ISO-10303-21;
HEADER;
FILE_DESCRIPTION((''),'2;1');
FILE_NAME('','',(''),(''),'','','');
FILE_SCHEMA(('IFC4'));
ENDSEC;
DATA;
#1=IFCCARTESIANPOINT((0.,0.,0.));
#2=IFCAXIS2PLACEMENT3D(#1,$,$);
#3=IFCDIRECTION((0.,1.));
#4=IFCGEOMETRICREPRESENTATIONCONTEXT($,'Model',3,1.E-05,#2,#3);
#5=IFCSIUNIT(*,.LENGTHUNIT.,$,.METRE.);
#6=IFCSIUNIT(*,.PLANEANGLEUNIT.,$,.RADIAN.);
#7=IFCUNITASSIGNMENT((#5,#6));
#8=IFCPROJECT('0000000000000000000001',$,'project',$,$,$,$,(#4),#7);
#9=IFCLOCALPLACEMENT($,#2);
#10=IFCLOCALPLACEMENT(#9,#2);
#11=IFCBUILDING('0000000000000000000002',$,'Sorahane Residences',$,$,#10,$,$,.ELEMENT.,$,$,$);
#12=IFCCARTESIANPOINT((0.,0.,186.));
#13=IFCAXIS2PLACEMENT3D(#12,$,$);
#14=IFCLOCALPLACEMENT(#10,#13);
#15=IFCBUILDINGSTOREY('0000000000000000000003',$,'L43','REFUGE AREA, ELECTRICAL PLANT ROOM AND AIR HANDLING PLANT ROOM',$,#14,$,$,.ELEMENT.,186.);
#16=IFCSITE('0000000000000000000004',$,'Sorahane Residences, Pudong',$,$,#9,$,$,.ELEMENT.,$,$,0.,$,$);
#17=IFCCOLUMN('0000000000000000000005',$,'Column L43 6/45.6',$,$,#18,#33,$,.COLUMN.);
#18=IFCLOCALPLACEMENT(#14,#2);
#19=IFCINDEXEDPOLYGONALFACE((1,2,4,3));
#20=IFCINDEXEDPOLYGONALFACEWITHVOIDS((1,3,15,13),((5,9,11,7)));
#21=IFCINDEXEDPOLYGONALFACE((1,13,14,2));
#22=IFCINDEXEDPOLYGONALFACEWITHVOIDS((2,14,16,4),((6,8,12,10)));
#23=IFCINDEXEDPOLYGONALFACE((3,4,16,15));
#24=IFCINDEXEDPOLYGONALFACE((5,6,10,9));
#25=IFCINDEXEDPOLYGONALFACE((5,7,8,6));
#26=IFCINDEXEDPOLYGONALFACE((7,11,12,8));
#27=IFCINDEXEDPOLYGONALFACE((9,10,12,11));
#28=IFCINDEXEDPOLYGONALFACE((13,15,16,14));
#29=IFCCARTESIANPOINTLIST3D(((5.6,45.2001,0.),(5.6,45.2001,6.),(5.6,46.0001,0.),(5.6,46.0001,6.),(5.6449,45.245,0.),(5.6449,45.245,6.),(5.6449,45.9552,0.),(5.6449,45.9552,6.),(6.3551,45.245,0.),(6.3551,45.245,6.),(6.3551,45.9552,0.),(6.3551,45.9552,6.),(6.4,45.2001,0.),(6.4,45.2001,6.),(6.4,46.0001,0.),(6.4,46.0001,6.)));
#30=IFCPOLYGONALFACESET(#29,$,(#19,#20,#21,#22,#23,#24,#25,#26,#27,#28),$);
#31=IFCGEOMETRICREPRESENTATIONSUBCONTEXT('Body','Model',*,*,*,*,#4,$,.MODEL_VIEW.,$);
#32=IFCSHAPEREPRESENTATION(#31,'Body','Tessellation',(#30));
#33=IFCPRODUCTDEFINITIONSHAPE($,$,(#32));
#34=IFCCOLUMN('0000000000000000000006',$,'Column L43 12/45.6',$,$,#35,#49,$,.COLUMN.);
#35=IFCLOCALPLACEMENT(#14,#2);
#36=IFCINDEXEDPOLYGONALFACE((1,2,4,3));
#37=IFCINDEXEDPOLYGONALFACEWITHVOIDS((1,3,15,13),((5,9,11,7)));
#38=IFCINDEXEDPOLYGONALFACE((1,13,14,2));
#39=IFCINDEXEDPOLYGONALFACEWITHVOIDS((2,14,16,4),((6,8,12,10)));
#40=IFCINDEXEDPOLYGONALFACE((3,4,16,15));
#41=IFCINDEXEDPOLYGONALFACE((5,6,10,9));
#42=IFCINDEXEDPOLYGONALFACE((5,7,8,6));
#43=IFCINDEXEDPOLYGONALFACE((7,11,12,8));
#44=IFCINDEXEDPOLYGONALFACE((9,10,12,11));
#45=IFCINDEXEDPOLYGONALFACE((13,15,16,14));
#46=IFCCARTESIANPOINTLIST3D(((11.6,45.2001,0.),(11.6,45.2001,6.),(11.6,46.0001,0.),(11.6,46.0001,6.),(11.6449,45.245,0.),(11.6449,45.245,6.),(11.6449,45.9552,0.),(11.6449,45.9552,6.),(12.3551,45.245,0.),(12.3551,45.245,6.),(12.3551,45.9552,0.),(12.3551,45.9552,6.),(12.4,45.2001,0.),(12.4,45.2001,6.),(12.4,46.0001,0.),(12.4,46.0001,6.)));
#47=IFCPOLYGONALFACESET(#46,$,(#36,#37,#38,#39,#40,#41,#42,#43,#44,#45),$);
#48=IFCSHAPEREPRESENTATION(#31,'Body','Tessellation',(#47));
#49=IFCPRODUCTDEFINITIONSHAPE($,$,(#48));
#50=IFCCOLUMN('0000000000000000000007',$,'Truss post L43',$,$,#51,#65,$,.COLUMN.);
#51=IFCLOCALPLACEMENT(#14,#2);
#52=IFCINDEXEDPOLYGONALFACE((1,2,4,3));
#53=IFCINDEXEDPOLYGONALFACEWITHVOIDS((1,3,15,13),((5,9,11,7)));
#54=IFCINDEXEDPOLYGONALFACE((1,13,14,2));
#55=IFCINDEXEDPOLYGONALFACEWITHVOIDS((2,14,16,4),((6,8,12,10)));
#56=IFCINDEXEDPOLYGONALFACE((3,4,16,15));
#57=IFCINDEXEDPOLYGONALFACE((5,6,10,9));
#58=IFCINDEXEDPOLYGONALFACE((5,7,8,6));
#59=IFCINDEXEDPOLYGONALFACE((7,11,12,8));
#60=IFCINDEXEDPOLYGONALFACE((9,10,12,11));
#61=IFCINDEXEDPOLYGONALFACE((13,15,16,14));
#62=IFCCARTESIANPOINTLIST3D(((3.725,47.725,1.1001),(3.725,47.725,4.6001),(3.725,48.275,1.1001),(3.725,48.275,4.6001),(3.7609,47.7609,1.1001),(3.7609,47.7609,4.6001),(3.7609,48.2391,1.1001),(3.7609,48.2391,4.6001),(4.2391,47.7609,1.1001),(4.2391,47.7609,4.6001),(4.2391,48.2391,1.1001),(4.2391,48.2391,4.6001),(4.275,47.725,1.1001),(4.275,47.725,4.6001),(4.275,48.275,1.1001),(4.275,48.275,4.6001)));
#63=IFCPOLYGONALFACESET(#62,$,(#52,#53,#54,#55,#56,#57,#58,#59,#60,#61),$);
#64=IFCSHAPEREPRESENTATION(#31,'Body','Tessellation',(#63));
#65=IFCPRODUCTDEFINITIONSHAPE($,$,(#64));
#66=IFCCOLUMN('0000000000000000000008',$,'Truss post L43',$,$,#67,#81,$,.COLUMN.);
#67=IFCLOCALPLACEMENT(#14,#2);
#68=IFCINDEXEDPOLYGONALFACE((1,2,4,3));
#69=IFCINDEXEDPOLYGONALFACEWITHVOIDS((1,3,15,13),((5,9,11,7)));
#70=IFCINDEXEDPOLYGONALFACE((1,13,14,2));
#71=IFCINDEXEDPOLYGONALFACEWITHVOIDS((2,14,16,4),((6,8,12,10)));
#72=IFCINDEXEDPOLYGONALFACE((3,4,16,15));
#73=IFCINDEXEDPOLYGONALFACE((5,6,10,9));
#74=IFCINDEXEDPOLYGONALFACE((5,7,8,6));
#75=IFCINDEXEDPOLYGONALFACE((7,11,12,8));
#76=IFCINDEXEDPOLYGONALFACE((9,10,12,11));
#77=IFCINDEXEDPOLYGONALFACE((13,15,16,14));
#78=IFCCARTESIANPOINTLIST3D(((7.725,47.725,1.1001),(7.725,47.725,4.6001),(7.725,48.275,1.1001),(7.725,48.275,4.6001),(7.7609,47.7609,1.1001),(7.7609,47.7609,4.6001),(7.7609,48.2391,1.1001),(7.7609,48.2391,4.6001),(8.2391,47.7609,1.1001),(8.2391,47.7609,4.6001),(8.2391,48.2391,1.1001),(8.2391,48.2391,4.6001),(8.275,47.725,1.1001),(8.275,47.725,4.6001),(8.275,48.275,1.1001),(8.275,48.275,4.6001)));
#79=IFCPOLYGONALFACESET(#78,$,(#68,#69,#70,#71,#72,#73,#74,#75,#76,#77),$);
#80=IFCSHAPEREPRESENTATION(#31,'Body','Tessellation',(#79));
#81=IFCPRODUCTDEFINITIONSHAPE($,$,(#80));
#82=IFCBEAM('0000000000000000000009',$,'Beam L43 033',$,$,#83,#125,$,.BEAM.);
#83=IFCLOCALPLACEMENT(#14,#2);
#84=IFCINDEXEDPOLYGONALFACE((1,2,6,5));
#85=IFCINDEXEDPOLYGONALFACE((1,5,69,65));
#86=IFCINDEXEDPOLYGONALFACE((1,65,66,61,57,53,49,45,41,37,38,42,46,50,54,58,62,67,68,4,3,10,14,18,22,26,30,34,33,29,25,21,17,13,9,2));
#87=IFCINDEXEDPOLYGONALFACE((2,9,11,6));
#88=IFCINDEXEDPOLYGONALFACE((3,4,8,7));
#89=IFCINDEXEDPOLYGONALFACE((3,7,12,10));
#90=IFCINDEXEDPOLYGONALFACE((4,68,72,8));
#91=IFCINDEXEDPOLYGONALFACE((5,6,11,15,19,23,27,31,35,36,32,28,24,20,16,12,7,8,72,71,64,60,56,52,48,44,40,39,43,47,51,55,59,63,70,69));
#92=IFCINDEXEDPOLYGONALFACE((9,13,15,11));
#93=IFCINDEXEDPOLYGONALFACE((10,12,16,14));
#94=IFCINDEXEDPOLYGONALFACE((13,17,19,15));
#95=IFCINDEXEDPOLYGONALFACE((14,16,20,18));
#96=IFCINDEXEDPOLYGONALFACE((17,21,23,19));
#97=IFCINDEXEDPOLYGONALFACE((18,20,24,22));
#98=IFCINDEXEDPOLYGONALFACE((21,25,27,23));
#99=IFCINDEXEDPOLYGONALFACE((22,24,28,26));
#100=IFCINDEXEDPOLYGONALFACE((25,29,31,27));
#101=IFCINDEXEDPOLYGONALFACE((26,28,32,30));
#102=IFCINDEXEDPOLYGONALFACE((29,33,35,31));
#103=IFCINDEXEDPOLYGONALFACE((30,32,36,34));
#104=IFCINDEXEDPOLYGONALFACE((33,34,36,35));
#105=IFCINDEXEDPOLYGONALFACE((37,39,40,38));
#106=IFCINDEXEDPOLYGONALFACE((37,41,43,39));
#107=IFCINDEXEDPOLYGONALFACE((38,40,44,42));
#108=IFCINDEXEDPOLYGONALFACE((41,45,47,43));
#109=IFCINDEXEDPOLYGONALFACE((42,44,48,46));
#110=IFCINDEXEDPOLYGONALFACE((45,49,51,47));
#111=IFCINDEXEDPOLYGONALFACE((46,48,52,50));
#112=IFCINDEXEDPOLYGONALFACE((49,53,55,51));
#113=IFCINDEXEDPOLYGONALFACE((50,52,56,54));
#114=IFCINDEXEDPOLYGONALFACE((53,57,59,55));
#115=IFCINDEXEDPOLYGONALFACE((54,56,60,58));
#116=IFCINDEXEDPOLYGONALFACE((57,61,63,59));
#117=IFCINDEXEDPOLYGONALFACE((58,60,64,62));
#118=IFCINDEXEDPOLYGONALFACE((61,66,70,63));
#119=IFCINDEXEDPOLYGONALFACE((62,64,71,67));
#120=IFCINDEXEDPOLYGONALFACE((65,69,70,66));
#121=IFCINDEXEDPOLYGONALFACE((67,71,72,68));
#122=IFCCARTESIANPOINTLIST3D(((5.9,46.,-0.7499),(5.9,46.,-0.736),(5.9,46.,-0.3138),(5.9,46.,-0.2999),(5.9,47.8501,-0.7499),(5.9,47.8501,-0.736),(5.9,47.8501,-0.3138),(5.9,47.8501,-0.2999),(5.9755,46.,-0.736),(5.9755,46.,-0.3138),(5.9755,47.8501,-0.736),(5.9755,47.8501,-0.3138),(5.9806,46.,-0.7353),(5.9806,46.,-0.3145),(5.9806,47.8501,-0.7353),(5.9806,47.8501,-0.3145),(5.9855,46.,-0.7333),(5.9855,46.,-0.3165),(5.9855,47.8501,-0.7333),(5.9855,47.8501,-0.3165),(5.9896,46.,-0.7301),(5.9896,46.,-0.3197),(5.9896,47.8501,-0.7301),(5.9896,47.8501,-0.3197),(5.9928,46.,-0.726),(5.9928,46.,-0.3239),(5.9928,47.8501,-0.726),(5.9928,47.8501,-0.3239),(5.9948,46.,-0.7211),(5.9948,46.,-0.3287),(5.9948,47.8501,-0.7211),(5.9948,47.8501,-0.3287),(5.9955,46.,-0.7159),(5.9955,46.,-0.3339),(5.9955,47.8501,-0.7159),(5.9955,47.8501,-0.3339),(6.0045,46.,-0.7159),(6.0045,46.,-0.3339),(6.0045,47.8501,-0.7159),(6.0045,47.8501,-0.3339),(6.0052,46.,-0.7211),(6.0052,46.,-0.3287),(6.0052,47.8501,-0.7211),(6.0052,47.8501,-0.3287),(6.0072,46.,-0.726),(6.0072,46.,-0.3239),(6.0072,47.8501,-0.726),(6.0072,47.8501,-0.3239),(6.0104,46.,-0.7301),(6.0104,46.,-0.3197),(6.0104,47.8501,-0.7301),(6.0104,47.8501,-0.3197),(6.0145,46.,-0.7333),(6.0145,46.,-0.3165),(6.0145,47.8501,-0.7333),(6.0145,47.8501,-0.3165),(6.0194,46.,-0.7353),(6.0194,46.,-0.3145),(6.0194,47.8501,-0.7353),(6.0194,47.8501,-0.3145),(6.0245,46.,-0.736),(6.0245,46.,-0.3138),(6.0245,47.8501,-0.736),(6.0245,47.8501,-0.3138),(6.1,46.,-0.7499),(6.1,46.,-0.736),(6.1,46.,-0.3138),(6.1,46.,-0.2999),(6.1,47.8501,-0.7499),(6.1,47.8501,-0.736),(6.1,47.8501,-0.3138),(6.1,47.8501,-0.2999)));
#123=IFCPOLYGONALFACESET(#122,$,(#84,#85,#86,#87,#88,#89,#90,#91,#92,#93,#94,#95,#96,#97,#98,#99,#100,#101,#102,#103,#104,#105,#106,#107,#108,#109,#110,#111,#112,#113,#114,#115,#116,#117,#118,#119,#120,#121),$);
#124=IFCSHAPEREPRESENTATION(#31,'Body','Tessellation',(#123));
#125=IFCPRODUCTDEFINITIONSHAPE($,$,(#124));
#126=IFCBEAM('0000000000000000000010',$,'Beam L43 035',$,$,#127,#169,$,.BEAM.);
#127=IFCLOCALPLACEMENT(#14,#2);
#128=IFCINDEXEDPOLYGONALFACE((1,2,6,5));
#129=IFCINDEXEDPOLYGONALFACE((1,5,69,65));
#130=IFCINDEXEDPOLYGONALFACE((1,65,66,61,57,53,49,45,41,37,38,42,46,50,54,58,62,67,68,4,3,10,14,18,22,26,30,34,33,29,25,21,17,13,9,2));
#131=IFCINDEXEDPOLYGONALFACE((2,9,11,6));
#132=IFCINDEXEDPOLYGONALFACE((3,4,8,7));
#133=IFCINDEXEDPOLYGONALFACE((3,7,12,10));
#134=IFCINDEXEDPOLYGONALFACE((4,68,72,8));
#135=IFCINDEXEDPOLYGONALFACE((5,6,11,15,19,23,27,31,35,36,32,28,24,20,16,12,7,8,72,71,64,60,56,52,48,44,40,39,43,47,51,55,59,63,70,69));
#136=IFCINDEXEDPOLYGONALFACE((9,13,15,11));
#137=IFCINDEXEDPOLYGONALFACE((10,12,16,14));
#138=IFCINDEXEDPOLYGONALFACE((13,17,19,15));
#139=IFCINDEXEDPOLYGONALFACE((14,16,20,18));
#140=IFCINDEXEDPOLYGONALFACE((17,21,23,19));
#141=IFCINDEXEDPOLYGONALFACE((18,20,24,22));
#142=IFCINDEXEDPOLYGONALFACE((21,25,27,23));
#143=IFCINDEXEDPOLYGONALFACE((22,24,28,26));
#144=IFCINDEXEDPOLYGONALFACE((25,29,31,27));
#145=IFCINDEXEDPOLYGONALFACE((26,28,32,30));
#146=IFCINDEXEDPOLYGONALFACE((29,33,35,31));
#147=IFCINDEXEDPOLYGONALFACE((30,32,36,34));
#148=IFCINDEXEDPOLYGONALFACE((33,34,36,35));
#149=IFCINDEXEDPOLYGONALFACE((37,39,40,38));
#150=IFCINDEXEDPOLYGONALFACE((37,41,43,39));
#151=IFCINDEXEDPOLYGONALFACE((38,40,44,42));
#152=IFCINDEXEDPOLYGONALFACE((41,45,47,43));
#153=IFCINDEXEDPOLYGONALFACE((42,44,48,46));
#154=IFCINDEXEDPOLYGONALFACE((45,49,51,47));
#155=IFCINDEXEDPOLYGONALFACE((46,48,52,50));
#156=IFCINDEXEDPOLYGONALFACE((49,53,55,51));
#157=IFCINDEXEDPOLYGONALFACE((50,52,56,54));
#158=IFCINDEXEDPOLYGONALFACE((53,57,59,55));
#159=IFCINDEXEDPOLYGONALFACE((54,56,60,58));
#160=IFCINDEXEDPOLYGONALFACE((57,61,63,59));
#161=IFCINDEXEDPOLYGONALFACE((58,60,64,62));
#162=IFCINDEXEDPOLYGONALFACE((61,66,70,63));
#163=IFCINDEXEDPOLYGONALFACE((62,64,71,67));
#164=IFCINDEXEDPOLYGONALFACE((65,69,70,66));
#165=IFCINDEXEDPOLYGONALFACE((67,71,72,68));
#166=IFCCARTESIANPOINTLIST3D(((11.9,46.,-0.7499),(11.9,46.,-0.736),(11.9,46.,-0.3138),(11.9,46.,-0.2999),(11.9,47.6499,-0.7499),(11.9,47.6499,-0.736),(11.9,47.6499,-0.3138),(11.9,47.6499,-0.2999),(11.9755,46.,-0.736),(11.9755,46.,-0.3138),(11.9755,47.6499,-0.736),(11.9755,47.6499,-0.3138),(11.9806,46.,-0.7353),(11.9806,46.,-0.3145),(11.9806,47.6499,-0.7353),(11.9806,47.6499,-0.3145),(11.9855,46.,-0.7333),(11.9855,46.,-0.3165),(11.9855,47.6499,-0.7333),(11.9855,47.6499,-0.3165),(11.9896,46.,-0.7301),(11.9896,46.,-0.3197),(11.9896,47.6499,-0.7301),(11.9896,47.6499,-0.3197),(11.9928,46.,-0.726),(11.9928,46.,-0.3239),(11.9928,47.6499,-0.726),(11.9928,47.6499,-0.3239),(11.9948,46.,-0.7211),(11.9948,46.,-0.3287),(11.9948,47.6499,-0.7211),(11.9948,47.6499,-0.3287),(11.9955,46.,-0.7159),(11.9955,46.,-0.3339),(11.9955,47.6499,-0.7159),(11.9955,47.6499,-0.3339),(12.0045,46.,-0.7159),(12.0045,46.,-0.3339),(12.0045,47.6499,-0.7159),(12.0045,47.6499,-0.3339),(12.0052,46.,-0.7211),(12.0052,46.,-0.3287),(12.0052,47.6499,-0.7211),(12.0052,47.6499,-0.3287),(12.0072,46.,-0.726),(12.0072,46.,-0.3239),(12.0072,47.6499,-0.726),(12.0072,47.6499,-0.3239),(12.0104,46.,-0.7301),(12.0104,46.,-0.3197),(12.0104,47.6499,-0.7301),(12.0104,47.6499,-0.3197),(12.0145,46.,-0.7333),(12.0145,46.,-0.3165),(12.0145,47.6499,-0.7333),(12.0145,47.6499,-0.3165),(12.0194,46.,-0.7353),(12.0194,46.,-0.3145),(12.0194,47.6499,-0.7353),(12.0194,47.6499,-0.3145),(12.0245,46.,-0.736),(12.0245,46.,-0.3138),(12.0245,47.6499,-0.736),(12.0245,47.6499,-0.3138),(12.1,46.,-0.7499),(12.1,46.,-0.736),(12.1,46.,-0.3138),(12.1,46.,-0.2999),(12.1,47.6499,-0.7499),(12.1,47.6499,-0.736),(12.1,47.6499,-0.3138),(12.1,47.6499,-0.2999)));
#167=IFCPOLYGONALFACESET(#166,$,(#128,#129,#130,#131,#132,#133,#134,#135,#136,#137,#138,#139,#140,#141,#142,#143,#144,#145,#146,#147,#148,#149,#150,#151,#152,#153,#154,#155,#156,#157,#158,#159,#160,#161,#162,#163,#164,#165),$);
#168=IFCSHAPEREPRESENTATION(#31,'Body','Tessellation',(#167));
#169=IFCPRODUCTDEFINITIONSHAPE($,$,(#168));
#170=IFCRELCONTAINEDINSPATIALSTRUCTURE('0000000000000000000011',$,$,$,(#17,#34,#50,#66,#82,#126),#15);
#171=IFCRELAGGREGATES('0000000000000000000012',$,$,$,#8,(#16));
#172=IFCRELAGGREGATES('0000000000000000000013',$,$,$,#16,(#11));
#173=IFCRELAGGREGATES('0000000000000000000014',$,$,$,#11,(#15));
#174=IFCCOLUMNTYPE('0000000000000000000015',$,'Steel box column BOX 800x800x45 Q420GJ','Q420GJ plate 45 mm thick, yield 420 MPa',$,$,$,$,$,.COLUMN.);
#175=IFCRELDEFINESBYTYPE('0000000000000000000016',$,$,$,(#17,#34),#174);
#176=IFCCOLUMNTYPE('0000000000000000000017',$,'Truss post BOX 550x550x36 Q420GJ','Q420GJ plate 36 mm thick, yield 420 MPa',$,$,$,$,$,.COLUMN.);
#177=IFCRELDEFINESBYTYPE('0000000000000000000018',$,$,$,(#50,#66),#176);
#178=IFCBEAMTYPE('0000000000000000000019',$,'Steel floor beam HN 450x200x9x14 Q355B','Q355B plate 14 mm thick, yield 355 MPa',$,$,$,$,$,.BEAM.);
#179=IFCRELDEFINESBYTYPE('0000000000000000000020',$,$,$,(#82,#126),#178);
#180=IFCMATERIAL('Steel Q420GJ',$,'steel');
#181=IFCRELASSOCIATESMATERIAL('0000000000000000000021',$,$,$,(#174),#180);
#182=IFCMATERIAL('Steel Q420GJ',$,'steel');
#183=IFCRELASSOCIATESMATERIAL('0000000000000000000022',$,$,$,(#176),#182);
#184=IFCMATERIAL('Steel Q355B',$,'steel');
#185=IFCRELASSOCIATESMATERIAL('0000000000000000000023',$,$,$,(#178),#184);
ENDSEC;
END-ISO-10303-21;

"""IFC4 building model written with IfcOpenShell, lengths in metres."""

from ifc_helpers import new_model, si_unit, direction, frame, origin, origin_2d, place, context, subcontext, project, spatial, hollow_rectangle, i_section, extrude, material, material_profile, profile_set, type_object, element, save


model = new_model("IFC4")

# Units and contexts
model_context = context("Model", 3, precision=1e-05, world=origin(), true_north=direction((0.0, 1.0)))
body_context = subcontext(model_context, "Body", "Model", "MODEL_VIEW")
ifc_project = project(units=[si_unit("LENGTHUNIT", "METRE"), si_unit("PLANEANGLEUNIT", "RADIAN")], contexts=[model_context])

# Site, building, storey
site_placement = place(None, origin())
site = spatial("IfcSite", under=ifc_project, at=site_placement, Name="Sorahane Residences, Pudong", CompositionType="ELEMENT", RefElevation=0.0)
building_placement = place(site_placement, origin())
building = spatial("IfcBuilding", under=site, at=building_placement, Name="Sorahane Residences", CompositionType="ELEMENT")
storey_placement = place(building_placement, frame((0.0, 0.0, 186.0)))
storey = spatial("IfcBuildingStorey", under=building, at=storey_placement, Name="L43", Description="REFUGE AREA, ELECTRICAL PLANT ROOM AND AIR HANDLING PLANT ROOM", CompositionType="ELEMENT", Elevation=186.0)

# Columns
ifc_material_1 = material(Name="Steel Q420GJ", Category="steel")
ifc_material_profile_1 = material_profile(ifc_material_1, hollow_rectangle(XDim=0.8, YDim=0.8, WallThickness=0.0449, at=origin_2d()), Name="BOX 800x800x45")
ifc_profile_set_1 = profile_set([ifc_material_profile_1], Name="Steel Q420GJ")
column_type_1 = type_object("IfcColumnType", Name="Steel box column BOX 800x800x45 Q420GJ", Description="Q420GJ plate 45 mm thick, yield 420 MPa", PredefinedType="COLUMN", material=ifc_profile_set_1)
for number, where, z_axis, x_axis, name in (
    (1, (6.0, 45.6001, 0.0), (0.0, 0.0, 1.0), (1.0, 0.0, 0.0), "Column L43 6/45.6"),
    (2, (12.0, 45.6001, 0.0), (0.0, 0.0, 1.0), (1.0, 0.0, 0.0), "Column L43 12/45.6"),
):
    element("IfcColumn", number, at=place(storey_placement, frame(where, z_axis=z_axis, x_axis=x_axis)), inside=storey, type_object=column_type_1, Name=name, PredefinedType="COLUMN", context=body_context, shape_type="SweptSolid", body=[
        extrude(hollow_rectangle(XDim=0.8, YDim=0.8, WallThickness=0.0449, at=origin_2d()), origin(), (0.0, 0.0, 1.0), 6.0),
    ])
ifc_material_2 = material(Name="Steel Q420GJ", Category="steel")
ifc_material_profile_2 = material_profile(ifc_material_2, hollow_rectangle(XDim=0.55, YDim=0.55, WallThickness=0.0359, at=origin_2d()), Name="BOX 550x550x36")
ifc_profile_set_2 = profile_set([ifc_material_profile_2], Name="Steel Q420GJ")
column_type_2 = type_object("IfcColumnType", Name="Truss post BOX 550x550x36 Q420GJ", Description="Q420GJ plate 36 mm thick, yield 420 MPa", PredefinedType="COLUMN", material=ifc_profile_set_2)
for number, where, z_axis, x_axis, name in (
    (3, (4.0, 48.0, 1.1001), (0.0, 0.0, 1.0), (1.0, 0.0, 0.0), "Truss post L43"),
    (4, (8.0, 48.0, 1.1001), (0.0, 0.0, 1.0), (1.0, 0.0, 0.0), "Truss post L43"),
):
    element("IfcColumn", number, at=place(storey_placement, frame(where, z_axis=z_axis, x_axis=x_axis)), inside=storey, type_object=column_type_2, Name=name, PredefinedType="COLUMN", context=body_context, shape_type="SweptSolid", body=[
        extrude(hollow_rectangle(XDim=0.55, YDim=0.55, WallThickness=0.0359, at=origin_2d()), origin(), (0.0, 0.0, 1.0), 3.5),
    ])

# Beams
ifc_material_3 = material(Name="Steel Q355B", Category="steel")
ifc_material_profile_3 = material_profile(ifc_material_3, i_section(OverallWidth=0.2, OverallDepth=0.45, WebThickness=0.009, FlangeThickness=0.0139, FilletRadius=0.02, at=origin_2d()), Name="HN 450x200x9x14")
ifc_profile_set_3 = profile_set([ifc_material_profile_3], Name="Steel Q355B")
beam_type_1 = type_object("IfcBeamType", Name="Steel floor beam HN 450x200x9x14 Q355B", Description="Q355B plate 14 mm thick, yield 355 MPa", PredefinedType="BEAM", material=ifc_profile_set_3)
beam_1_placement = place(storey_placement, frame((6.0, 46.0, -0.5249), z_axis=(0.0, 1.0, 0.0), x_axis=(-1.0, 0.0, 0.0)))
element("IfcBeam", 5, at=beam_1_placement, inside=storey, type_object=beam_type_1, Name="Beam L43 033", PredefinedType="BEAM", context=body_context, shape_type="SweptSolid", body=[
    extrude(i_section(OverallWidth=0.2, OverallDepth=0.45, WebThickness=0.009, FlangeThickness=0.0139, FilletRadius=0.02, at=origin_2d()), origin(), (0.0, 0.0, 1.0), 1.8501),
])
beam_2_placement = place(storey_placement, frame((12.0, 46.0, -0.5249), z_axis=(0.0, 1.0, 0.0), x_axis=(-1.0, 0.0, 0.0)))
element("IfcBeam", 6, at=beam_2_placement, inside=storey, type_object=beam_type_1, Name="Beam L43 035", PredefinedType="BEAM", context=body_context, shape_type="SweptSolid", body=[
    extrude(i_section(OverallWidth=0.2, OverallDepth=0.45, WebThickness=0.009, FlangeThickness=0.0139, FilletRadius=0.02, at=origin_2d()), origin(), (0.0, 0.0, 1.0), 1.6499),
])

save(model, "model.ifc")
